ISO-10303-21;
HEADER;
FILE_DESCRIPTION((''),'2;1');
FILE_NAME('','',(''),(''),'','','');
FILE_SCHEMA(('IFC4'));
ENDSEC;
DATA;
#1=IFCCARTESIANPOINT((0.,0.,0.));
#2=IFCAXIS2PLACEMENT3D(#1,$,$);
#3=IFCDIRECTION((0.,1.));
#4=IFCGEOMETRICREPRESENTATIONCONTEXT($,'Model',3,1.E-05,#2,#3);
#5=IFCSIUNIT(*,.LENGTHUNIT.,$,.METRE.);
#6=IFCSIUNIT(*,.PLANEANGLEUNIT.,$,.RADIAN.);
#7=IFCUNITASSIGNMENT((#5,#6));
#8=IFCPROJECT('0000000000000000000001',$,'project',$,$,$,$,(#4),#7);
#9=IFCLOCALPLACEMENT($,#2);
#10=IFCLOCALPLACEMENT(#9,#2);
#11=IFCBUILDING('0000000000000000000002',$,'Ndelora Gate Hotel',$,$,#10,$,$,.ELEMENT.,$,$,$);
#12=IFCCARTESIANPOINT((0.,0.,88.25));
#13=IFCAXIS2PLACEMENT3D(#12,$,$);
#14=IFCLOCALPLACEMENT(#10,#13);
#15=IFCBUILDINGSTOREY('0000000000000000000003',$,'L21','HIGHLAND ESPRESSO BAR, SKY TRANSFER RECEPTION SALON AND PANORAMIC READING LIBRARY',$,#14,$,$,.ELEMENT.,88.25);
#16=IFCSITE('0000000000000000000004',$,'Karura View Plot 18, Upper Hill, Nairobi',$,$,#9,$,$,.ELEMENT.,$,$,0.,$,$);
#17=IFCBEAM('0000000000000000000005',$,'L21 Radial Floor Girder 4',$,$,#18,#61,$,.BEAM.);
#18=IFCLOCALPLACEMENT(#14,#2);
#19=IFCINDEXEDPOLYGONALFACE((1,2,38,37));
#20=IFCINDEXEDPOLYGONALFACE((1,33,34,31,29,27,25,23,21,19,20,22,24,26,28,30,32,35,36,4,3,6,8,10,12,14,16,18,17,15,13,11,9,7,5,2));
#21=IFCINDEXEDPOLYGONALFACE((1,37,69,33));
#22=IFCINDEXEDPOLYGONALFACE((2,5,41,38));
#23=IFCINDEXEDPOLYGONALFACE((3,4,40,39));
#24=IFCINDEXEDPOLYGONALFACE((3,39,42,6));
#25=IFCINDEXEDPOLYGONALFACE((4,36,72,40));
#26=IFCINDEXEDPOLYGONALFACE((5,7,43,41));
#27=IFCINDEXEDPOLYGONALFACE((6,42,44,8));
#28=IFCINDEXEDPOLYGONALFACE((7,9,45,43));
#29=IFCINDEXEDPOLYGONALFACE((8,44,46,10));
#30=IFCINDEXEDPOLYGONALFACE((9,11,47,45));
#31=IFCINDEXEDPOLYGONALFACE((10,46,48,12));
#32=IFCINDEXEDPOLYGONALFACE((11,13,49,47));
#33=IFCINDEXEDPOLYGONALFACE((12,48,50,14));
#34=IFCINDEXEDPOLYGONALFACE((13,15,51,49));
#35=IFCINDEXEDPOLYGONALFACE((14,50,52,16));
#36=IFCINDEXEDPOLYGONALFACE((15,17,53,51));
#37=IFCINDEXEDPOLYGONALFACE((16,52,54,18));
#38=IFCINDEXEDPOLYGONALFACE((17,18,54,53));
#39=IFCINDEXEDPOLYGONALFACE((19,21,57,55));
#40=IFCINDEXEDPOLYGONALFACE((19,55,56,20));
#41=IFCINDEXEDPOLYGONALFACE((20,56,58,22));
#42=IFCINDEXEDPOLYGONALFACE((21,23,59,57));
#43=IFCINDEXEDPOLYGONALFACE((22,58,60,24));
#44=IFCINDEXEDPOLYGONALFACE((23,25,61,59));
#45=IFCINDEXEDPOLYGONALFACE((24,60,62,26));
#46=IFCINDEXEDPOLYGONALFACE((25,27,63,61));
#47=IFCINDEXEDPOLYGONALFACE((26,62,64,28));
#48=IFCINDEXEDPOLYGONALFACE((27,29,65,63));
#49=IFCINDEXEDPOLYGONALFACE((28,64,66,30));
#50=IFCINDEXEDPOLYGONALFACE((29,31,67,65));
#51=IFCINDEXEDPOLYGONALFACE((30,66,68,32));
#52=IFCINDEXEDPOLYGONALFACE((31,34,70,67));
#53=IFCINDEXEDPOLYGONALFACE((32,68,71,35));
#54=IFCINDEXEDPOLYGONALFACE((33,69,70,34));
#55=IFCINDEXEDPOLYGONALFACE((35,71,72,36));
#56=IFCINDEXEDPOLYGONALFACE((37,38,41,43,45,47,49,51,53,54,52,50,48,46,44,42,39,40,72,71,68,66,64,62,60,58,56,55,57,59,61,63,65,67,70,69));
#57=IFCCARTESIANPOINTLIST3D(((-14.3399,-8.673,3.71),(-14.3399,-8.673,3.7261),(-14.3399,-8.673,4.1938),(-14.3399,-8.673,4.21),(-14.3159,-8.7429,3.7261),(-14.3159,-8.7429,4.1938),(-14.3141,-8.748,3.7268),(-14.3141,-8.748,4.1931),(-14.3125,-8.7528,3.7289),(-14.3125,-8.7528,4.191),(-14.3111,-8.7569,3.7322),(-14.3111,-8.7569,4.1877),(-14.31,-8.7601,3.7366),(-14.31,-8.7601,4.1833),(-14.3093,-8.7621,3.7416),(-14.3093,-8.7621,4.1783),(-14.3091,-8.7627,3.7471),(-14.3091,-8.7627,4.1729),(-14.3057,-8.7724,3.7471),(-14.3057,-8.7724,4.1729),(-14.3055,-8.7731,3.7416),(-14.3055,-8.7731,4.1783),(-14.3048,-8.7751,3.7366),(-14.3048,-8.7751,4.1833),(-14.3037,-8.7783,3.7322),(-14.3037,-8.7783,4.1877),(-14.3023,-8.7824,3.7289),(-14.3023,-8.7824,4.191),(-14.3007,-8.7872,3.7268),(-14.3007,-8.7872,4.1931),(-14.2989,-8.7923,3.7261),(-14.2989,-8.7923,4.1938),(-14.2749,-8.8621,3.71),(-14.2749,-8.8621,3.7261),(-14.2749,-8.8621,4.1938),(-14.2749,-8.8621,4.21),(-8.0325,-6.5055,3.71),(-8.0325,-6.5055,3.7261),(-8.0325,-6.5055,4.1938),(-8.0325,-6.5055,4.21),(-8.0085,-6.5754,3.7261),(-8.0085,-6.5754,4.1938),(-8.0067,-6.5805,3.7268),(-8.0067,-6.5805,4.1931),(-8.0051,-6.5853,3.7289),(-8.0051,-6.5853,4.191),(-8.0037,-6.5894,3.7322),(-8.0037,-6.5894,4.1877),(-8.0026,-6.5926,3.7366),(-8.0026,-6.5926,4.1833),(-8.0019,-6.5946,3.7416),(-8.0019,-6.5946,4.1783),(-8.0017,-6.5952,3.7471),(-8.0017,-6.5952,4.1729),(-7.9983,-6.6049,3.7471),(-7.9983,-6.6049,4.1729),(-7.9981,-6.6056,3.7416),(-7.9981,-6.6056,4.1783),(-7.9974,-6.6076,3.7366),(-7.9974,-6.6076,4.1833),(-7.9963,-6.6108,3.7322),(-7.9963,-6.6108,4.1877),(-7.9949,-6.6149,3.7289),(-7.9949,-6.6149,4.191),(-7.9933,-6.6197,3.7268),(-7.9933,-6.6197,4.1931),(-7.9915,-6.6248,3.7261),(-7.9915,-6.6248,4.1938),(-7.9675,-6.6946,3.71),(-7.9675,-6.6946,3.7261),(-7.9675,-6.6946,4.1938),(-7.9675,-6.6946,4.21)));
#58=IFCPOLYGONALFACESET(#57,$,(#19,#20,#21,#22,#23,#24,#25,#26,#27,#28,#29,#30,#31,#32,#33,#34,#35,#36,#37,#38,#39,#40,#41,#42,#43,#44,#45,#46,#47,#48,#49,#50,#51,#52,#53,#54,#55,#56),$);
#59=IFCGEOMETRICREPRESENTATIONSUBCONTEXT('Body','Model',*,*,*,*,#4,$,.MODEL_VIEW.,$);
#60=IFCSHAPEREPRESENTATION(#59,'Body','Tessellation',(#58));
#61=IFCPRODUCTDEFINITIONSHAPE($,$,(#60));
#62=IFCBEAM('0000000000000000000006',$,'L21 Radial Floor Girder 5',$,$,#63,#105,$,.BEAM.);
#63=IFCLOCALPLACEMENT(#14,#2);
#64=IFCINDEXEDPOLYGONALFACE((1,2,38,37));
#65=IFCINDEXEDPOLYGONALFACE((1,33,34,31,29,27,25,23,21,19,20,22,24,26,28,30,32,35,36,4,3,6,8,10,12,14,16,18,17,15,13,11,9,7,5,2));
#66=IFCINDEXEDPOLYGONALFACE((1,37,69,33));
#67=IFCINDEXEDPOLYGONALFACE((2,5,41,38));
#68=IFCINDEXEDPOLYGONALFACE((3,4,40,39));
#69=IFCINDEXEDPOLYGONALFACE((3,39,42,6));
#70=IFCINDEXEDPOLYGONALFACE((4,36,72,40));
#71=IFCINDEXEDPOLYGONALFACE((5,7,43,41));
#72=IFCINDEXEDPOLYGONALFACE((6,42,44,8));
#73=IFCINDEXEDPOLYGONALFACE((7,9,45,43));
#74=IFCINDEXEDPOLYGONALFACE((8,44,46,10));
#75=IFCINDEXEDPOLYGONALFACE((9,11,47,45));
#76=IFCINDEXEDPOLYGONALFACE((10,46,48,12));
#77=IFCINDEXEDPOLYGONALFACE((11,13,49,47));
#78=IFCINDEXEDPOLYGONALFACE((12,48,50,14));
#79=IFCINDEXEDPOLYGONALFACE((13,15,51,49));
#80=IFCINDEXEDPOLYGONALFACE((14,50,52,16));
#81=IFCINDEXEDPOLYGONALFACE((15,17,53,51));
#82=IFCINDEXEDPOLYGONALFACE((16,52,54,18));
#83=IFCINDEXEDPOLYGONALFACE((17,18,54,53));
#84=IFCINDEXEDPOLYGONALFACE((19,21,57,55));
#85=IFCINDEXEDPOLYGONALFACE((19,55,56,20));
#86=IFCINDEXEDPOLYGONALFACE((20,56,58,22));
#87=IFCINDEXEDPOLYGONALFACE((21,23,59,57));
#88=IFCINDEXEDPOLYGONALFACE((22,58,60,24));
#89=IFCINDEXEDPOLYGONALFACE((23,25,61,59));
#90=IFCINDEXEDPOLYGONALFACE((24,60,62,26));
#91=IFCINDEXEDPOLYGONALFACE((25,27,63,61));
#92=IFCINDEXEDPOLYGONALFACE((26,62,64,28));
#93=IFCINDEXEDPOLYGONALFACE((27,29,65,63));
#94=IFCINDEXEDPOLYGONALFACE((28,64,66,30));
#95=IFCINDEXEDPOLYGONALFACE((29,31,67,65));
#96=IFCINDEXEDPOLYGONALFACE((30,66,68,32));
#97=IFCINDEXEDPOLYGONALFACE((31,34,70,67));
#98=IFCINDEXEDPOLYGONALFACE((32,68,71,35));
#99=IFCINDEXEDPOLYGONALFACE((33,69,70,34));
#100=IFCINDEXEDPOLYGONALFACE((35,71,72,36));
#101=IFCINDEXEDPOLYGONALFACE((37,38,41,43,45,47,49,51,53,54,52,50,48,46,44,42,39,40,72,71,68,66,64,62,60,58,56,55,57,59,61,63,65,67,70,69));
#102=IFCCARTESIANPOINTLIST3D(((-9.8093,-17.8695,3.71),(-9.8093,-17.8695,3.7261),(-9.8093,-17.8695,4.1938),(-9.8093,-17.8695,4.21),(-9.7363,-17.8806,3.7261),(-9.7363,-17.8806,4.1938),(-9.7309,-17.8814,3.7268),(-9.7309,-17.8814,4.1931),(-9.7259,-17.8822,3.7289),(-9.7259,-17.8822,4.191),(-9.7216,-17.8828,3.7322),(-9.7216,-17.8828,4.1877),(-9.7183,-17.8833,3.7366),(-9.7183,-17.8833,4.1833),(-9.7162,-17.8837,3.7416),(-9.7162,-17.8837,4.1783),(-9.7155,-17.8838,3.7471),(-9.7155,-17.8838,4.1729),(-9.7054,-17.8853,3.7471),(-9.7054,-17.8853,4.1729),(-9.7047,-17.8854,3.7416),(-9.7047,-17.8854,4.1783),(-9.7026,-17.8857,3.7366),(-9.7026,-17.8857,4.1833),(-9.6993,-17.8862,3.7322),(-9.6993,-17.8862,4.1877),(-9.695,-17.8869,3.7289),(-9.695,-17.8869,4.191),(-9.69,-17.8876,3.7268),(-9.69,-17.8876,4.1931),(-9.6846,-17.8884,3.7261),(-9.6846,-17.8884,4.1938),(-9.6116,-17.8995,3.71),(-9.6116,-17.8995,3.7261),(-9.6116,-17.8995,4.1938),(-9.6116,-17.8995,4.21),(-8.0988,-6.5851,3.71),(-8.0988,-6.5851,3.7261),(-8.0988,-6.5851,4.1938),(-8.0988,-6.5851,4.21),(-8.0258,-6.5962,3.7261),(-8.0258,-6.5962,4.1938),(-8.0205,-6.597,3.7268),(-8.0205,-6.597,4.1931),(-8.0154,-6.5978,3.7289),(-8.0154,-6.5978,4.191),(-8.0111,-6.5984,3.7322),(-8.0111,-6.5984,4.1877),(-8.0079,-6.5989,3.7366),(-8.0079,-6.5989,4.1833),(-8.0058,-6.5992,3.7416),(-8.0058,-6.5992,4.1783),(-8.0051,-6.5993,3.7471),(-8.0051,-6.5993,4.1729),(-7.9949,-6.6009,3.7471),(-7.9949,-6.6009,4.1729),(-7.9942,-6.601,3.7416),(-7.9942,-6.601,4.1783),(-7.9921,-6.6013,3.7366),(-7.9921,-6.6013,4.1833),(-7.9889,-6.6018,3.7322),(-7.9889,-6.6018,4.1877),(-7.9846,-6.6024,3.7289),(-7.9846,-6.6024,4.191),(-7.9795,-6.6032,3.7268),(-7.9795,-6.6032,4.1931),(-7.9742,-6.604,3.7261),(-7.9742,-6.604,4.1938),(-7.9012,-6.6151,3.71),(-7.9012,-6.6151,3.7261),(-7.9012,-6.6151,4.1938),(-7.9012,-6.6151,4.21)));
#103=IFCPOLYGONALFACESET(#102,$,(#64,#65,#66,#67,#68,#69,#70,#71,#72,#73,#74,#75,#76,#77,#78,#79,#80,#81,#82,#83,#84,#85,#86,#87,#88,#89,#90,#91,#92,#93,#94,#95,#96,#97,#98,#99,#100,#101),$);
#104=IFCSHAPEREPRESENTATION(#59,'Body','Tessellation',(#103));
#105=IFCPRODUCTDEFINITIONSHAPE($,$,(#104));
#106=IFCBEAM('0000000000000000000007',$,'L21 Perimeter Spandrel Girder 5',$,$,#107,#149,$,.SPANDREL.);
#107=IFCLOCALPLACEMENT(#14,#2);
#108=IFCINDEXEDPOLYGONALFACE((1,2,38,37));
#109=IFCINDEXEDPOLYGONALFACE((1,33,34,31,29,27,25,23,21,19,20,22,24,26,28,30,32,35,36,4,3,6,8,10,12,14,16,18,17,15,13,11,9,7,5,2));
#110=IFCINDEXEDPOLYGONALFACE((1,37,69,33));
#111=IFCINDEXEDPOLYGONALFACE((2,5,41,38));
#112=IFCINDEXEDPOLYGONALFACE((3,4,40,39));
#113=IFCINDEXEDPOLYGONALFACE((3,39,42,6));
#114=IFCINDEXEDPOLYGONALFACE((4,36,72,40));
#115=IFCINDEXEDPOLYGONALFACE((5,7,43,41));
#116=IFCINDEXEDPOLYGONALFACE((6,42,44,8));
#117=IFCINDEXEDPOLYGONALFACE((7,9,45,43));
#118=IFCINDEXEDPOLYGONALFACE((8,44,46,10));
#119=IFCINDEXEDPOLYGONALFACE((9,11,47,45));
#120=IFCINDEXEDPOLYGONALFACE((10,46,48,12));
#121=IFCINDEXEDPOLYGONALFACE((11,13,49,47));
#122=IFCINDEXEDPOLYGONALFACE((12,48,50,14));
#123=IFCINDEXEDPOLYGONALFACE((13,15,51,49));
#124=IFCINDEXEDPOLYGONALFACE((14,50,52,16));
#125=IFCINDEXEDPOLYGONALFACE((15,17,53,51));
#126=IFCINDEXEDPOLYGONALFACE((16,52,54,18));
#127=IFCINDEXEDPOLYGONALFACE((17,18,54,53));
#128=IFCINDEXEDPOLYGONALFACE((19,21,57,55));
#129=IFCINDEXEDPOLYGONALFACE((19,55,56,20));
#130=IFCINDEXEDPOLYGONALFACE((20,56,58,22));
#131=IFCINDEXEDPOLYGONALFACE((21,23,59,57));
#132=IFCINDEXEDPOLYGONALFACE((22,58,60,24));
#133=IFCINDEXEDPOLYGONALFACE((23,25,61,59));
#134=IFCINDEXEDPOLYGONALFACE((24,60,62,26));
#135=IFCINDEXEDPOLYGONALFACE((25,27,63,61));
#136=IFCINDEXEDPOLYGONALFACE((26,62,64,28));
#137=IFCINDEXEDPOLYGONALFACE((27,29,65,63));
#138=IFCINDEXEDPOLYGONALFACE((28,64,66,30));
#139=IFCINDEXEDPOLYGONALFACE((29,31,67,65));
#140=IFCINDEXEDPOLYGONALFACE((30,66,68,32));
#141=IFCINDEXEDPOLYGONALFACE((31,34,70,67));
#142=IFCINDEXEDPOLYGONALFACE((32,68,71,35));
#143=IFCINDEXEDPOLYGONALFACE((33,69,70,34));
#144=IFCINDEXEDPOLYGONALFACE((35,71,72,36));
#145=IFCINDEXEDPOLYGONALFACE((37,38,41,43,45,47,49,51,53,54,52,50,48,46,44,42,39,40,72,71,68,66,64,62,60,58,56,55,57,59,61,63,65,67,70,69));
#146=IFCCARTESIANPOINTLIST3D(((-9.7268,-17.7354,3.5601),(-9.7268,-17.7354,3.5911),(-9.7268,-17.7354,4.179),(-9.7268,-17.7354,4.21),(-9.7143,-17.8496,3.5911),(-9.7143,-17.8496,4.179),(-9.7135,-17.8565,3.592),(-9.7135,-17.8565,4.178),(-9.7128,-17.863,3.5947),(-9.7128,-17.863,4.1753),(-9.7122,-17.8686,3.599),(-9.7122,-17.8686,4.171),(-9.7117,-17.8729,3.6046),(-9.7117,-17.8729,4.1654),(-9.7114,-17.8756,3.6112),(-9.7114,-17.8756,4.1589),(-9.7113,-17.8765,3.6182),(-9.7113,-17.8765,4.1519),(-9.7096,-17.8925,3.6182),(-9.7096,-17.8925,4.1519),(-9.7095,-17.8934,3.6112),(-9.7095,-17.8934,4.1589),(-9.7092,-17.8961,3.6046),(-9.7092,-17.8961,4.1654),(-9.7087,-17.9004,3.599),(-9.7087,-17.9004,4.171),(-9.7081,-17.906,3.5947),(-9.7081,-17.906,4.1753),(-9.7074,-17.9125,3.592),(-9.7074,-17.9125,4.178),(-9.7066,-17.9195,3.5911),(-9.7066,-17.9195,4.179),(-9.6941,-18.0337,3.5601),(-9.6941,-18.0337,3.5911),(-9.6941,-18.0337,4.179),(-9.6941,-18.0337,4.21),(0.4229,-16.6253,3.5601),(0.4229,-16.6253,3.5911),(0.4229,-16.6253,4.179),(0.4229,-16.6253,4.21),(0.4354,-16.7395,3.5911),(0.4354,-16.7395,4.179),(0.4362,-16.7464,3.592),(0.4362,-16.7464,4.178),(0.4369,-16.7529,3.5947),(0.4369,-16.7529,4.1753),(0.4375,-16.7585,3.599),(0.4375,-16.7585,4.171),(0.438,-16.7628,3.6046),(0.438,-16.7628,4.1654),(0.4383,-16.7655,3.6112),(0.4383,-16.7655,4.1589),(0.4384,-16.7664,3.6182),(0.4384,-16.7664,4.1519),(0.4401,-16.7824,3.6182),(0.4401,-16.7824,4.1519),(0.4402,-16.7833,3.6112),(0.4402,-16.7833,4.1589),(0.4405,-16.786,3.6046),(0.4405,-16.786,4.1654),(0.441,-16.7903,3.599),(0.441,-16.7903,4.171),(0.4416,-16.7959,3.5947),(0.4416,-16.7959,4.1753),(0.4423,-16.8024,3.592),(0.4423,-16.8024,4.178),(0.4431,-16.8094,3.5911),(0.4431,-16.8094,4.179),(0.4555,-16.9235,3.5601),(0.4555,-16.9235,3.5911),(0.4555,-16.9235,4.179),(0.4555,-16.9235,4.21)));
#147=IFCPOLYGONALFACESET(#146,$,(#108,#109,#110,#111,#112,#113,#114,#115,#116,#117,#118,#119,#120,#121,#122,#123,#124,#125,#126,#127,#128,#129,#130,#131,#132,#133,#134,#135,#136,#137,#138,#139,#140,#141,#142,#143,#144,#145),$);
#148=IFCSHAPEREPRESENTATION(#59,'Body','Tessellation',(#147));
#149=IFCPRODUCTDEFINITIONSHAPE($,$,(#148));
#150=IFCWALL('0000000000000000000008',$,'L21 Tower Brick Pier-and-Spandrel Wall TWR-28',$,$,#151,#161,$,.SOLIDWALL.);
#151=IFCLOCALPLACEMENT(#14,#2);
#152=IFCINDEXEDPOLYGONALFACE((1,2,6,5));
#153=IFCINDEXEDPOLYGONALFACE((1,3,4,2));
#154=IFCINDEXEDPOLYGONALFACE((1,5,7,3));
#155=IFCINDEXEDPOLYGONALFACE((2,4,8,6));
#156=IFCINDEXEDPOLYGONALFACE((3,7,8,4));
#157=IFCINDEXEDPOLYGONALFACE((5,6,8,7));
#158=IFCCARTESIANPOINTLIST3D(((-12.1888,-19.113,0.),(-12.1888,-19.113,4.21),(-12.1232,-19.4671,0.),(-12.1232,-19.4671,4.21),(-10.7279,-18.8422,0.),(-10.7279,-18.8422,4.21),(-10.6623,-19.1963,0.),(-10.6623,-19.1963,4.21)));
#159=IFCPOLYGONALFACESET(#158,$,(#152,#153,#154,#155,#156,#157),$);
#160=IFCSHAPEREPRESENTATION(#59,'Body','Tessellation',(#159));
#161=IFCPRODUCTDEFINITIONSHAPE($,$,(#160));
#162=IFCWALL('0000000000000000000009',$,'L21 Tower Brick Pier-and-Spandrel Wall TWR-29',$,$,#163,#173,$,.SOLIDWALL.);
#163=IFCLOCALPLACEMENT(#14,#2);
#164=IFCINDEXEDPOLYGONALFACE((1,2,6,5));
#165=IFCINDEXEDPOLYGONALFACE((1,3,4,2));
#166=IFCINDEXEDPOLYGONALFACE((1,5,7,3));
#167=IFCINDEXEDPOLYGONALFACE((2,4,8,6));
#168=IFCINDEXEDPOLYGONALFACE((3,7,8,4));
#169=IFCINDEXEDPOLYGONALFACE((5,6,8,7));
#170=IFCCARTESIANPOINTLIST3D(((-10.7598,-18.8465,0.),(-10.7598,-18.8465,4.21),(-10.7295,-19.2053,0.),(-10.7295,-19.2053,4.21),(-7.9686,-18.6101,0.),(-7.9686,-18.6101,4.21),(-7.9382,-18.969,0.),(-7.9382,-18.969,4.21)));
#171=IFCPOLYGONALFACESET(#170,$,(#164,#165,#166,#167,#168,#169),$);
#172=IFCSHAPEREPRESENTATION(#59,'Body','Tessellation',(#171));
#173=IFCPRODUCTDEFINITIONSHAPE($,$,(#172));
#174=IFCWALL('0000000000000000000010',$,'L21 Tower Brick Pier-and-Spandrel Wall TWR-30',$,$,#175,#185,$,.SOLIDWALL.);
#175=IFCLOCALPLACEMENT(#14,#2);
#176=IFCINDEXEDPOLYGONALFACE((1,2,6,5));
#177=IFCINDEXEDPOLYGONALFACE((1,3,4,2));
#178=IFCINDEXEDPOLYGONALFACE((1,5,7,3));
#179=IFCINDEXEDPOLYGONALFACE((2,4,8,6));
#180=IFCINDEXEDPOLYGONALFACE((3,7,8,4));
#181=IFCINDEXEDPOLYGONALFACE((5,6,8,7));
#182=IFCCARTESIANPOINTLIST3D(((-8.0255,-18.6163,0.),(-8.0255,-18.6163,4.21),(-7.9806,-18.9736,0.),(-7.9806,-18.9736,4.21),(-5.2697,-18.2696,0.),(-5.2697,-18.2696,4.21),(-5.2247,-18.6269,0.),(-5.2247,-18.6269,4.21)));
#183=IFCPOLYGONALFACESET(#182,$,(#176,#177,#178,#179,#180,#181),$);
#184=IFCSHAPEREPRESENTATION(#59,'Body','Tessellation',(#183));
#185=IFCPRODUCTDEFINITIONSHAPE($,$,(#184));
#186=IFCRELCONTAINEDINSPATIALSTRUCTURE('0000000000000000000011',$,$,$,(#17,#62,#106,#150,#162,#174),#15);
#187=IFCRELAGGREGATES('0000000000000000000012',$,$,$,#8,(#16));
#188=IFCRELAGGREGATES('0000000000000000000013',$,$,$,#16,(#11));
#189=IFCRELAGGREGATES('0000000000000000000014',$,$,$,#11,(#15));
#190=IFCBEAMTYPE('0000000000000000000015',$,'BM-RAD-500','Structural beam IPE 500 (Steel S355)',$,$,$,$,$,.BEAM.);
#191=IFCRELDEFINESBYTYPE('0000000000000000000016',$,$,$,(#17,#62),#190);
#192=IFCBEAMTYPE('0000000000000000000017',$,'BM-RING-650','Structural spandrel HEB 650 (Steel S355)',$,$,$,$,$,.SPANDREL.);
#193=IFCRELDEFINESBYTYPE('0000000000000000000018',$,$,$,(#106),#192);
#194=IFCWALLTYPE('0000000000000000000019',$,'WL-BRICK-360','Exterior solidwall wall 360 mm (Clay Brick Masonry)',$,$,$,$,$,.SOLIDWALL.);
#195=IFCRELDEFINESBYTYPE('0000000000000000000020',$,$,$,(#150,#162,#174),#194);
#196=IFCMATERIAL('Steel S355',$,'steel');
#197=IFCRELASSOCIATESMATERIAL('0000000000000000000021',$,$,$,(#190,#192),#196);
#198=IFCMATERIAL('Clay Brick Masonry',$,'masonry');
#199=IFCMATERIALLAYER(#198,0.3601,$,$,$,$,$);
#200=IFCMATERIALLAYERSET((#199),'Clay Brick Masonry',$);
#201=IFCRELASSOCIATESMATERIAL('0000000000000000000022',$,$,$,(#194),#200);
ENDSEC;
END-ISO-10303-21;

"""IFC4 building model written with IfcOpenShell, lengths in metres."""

from ifc_helpers import new_model, si_unit, direction, frame, frame_2d, origin, origin_2d, place, context, subcontext, project, spatial, rectangle, i_section, extrude, material, layer, layer_set, material_profile, profile_set, type_object, element, save


model = new_model("IFC4")

# Units and contexts
model_context = context("Model", 3, precision=1e-05, world=origin(), true_north=direction((0.0, 1.0)))
body_context = subcontext(model_context, "Body", "Model", "MODEL_VIEW")
ifc_project = project(units=[si_unit("LENGTHUNIT", "METRE"), si_unit("PLANEANGLEUNIT", "RADIAN")], contexts=[model_context])

# Site, building, storey
site_placement = place(None, origin())
site = spatial("IfcSite", under=ifc_project, at=site_placement, Name="Karura View Plot 18, Upper Hill, Nairobi", CompositionType="ELEMENT", RefElevation=0.0)
building_placement = place(site_placement, origin())
building = spatial("IfcBuilding", under=site, at=building_placement, Name="Ndelora Gate Hotel", CompositionType="ELEMENT")
storey_placement = place(building_placement, frame((0.0, 0.0, 88.25)))
storey = spatial("IfcBuildingStorey", under=building, at=storey_placement, Name="L21", Description="HIGHLAND ESPRESSO BAR, SKY TRANSFER RECEPTION SALON AND PANORAMIC READING LIBRARY", CompositionType="ELEMENT", Elevation=88.25)

# Beams
ifc_material_1 = material(Name="Steel S355", Category="steel")
ifc_material_profile_1 = material_profile(ifc_material_1, i_section(OverallWidth=0.2, OverallDepth=0.5, WebThickness=0.0103, FlangeThickness=0.0161, FilletRadius=0.021, at=origin_2d()), Name="IPE 500")
ifc_profile_set_1 = profile_set([ifc_material_profile_1], Name="Steel S355")
beam_type_1 = type_object("IfcBeamType", Name="BM-RAD-500", Description="Structural beam IPE 500 (Steel S355)", PredefinedType="BEAM", material=ifc_profile_set_1)
beam_1_placement = place(storey_placement, frame((-8.0, -6.6001, 3.96), z_axis=(-0.945718, -0.324989, 0.0), x_axis=(0.324989, -0.945718, 0.0)))
element("IfcBeam", 1, at=beam_1_placement, inside=storey, type_object=beam_type_1, Name="L21 Radial Floor Girder 4", PredefinedType="BEAM", context=body_context, shape_type="SweptSolid", body=[
    extrude(i_section(OverallWidth=0.2, OverallDepth=0.5, WebThickness=0.0103, FlangeThickness=0.0161, FilletRadius=0.021, at=origin_2d()), origin(), (0.0, 0.0, 1.0), 6.6694),
])
beam_2_placement = place(storey_placement, frame((-8.0, -6.6001, 3.96), z_axis=(-0.149864, -0.988707, 0.0), x_axis=(0.988707, -0.149864, 0.0)))
element("IfcBeam", 2, at=beam_2_placement, inside=storey, type_object=beam_type_1, Name="L21 Radial Floor Girder 5", PredefinedType="BEAM", context=body_context, shape_type="SweptSolid", body=[
    extrude(i_section(OverallWidth=0.2, OverallDepth=0.5, WebThickness=0.0103, FlangeThickness=0.0161, FilletRadius=0.021, at=origin_2d()), origin(), (0.0, 0.0, 1.0), 11.4133),
])
ifc_material_profile_2 = material_profile(ifc_material_1, i_section(OverallWidth=0.3, OverallDepth=0.6499, WebThickness=0.0161, FlangeThickness=0.031, FilletRadius=0.0271, at=origin_2d()), Name="HEB 650")
ifc_profile_set_2 = profile_set([ifc_material_profile_2], Name="Steel S355")
beam_type_2 = type_object("IfcBeamType", Name="BM-RING-650", Description="Structural spandrel HEB 650 (Steel S355)", PredefinedType="SPANDREL", material=ifc_profile_set_2)
beam_3_placement = place(storey_placement, frame((-9.7104, -17.8845, 3.885), z_axis=(0.994072, 0.108725, 0.0), x_axis=(-0.108725, 0.994072, 0.0)))
element("IfcBeam", 3, at=beam_3_placement, inside=storey, type_object=beam_type_2, Name="L21 Perimeter Spandrel Girder 5", PredefinedType="SPANDREL", context=body_context, shape_type="SweptSolid", body=[
    extrude(i_section(OverallWidth=0.3, OverallDepth=0.6499, WebThickness=0.0161, FlangeThickness=0.031, FilletRadius=0.0271, at=origin_2d()), origin(), (0.0, 0.0, 1.0), 10.2102),
])

# Walls
ifc_material_2 = material(Name="Clay Brick Masonry", Category="masonry")
ifc_layer_1 = layer(ifc_material_2, 0.3601)
ifc_layer_set_1 = layer_set([ifc_layer_1], Name="Clay Brick Masonry")
wall_type_1 = type_object("IfcWallType", Name="WL-BRICK-360", Description="Exterior solidwall wall 360 mm (Clay Brick Masonry)", PredefinedType="SOLIDWALL", material=ifc_layer_set_1)
wall_1_placement = place(storey_placement, frame((-10.6951, -19.0193, 0.0), z_axis=(0.0, 0.0, 1.0), x_axis=(-0.983257, -0.182225, 0.0)))
element("IfcWall", 4, at=wall_1_placement, inside=storey, type_object=wall_type_1, Name="L21 Tower Brick Pier-and-Spandrel Wall TWR-28", PredefinedType="SOLIDWALL", context=body_context, shape_type="SweptSolid", body=[
    extrude(rectangle(XDim=1.4858, YDim=0.3601, at=frame_2d((0.7429, 0.0))), origin(), (0.0, 0.0, 1.0), 4.21),
])
wall_2_placement = place(storey_placement, frame((-7.9534, -18.7896, 0.0), z_axis=(0.0, 0.0, 1.0), x_axis=(-0.996435, -0.084365, 0.0)))
element("IfcWall", 5, at=wall_2_placement, inside=storey, type_object=wall_type_1, Name="L21 Tower Brick Pier-and-Spandrel Wall TWR-29", PredefinedType="SOLIDWALL", context=body_context, shape_type="SweptSolid", body=[
    extrude(rectangle(XDim=2.8013, YDim=0.3601, at=frame_2d((1.4006, 0.0))), origin(), (0.0, 0.0, 1.0), 4.21),
])
wall_3_placement = place(storey_placement, frame((-5.2473, -18.4482, 0.0), z_axis=(0.0, 0.0, 1.0), x_axis=(-0.99218, -0.124814, 0.0)))
element("IfcWall", 6, at=wall_3_placement, inside=storey, type_object=wall_type_1, Name="L21 Tower Brick Pier-and-Spandrel Wall TWR-30", PredefinedType="SOLIDWALL", context=body_context, shape_type="SweptSolid", body=[
    extrude(rectangle(XDim=2.7776, YDim=0.3601, at=frame_2d((1.3887, 0.0))), origin(), (0.0, 0.0, 1.0), 4.21),
])

save(model, "model.ifc")
